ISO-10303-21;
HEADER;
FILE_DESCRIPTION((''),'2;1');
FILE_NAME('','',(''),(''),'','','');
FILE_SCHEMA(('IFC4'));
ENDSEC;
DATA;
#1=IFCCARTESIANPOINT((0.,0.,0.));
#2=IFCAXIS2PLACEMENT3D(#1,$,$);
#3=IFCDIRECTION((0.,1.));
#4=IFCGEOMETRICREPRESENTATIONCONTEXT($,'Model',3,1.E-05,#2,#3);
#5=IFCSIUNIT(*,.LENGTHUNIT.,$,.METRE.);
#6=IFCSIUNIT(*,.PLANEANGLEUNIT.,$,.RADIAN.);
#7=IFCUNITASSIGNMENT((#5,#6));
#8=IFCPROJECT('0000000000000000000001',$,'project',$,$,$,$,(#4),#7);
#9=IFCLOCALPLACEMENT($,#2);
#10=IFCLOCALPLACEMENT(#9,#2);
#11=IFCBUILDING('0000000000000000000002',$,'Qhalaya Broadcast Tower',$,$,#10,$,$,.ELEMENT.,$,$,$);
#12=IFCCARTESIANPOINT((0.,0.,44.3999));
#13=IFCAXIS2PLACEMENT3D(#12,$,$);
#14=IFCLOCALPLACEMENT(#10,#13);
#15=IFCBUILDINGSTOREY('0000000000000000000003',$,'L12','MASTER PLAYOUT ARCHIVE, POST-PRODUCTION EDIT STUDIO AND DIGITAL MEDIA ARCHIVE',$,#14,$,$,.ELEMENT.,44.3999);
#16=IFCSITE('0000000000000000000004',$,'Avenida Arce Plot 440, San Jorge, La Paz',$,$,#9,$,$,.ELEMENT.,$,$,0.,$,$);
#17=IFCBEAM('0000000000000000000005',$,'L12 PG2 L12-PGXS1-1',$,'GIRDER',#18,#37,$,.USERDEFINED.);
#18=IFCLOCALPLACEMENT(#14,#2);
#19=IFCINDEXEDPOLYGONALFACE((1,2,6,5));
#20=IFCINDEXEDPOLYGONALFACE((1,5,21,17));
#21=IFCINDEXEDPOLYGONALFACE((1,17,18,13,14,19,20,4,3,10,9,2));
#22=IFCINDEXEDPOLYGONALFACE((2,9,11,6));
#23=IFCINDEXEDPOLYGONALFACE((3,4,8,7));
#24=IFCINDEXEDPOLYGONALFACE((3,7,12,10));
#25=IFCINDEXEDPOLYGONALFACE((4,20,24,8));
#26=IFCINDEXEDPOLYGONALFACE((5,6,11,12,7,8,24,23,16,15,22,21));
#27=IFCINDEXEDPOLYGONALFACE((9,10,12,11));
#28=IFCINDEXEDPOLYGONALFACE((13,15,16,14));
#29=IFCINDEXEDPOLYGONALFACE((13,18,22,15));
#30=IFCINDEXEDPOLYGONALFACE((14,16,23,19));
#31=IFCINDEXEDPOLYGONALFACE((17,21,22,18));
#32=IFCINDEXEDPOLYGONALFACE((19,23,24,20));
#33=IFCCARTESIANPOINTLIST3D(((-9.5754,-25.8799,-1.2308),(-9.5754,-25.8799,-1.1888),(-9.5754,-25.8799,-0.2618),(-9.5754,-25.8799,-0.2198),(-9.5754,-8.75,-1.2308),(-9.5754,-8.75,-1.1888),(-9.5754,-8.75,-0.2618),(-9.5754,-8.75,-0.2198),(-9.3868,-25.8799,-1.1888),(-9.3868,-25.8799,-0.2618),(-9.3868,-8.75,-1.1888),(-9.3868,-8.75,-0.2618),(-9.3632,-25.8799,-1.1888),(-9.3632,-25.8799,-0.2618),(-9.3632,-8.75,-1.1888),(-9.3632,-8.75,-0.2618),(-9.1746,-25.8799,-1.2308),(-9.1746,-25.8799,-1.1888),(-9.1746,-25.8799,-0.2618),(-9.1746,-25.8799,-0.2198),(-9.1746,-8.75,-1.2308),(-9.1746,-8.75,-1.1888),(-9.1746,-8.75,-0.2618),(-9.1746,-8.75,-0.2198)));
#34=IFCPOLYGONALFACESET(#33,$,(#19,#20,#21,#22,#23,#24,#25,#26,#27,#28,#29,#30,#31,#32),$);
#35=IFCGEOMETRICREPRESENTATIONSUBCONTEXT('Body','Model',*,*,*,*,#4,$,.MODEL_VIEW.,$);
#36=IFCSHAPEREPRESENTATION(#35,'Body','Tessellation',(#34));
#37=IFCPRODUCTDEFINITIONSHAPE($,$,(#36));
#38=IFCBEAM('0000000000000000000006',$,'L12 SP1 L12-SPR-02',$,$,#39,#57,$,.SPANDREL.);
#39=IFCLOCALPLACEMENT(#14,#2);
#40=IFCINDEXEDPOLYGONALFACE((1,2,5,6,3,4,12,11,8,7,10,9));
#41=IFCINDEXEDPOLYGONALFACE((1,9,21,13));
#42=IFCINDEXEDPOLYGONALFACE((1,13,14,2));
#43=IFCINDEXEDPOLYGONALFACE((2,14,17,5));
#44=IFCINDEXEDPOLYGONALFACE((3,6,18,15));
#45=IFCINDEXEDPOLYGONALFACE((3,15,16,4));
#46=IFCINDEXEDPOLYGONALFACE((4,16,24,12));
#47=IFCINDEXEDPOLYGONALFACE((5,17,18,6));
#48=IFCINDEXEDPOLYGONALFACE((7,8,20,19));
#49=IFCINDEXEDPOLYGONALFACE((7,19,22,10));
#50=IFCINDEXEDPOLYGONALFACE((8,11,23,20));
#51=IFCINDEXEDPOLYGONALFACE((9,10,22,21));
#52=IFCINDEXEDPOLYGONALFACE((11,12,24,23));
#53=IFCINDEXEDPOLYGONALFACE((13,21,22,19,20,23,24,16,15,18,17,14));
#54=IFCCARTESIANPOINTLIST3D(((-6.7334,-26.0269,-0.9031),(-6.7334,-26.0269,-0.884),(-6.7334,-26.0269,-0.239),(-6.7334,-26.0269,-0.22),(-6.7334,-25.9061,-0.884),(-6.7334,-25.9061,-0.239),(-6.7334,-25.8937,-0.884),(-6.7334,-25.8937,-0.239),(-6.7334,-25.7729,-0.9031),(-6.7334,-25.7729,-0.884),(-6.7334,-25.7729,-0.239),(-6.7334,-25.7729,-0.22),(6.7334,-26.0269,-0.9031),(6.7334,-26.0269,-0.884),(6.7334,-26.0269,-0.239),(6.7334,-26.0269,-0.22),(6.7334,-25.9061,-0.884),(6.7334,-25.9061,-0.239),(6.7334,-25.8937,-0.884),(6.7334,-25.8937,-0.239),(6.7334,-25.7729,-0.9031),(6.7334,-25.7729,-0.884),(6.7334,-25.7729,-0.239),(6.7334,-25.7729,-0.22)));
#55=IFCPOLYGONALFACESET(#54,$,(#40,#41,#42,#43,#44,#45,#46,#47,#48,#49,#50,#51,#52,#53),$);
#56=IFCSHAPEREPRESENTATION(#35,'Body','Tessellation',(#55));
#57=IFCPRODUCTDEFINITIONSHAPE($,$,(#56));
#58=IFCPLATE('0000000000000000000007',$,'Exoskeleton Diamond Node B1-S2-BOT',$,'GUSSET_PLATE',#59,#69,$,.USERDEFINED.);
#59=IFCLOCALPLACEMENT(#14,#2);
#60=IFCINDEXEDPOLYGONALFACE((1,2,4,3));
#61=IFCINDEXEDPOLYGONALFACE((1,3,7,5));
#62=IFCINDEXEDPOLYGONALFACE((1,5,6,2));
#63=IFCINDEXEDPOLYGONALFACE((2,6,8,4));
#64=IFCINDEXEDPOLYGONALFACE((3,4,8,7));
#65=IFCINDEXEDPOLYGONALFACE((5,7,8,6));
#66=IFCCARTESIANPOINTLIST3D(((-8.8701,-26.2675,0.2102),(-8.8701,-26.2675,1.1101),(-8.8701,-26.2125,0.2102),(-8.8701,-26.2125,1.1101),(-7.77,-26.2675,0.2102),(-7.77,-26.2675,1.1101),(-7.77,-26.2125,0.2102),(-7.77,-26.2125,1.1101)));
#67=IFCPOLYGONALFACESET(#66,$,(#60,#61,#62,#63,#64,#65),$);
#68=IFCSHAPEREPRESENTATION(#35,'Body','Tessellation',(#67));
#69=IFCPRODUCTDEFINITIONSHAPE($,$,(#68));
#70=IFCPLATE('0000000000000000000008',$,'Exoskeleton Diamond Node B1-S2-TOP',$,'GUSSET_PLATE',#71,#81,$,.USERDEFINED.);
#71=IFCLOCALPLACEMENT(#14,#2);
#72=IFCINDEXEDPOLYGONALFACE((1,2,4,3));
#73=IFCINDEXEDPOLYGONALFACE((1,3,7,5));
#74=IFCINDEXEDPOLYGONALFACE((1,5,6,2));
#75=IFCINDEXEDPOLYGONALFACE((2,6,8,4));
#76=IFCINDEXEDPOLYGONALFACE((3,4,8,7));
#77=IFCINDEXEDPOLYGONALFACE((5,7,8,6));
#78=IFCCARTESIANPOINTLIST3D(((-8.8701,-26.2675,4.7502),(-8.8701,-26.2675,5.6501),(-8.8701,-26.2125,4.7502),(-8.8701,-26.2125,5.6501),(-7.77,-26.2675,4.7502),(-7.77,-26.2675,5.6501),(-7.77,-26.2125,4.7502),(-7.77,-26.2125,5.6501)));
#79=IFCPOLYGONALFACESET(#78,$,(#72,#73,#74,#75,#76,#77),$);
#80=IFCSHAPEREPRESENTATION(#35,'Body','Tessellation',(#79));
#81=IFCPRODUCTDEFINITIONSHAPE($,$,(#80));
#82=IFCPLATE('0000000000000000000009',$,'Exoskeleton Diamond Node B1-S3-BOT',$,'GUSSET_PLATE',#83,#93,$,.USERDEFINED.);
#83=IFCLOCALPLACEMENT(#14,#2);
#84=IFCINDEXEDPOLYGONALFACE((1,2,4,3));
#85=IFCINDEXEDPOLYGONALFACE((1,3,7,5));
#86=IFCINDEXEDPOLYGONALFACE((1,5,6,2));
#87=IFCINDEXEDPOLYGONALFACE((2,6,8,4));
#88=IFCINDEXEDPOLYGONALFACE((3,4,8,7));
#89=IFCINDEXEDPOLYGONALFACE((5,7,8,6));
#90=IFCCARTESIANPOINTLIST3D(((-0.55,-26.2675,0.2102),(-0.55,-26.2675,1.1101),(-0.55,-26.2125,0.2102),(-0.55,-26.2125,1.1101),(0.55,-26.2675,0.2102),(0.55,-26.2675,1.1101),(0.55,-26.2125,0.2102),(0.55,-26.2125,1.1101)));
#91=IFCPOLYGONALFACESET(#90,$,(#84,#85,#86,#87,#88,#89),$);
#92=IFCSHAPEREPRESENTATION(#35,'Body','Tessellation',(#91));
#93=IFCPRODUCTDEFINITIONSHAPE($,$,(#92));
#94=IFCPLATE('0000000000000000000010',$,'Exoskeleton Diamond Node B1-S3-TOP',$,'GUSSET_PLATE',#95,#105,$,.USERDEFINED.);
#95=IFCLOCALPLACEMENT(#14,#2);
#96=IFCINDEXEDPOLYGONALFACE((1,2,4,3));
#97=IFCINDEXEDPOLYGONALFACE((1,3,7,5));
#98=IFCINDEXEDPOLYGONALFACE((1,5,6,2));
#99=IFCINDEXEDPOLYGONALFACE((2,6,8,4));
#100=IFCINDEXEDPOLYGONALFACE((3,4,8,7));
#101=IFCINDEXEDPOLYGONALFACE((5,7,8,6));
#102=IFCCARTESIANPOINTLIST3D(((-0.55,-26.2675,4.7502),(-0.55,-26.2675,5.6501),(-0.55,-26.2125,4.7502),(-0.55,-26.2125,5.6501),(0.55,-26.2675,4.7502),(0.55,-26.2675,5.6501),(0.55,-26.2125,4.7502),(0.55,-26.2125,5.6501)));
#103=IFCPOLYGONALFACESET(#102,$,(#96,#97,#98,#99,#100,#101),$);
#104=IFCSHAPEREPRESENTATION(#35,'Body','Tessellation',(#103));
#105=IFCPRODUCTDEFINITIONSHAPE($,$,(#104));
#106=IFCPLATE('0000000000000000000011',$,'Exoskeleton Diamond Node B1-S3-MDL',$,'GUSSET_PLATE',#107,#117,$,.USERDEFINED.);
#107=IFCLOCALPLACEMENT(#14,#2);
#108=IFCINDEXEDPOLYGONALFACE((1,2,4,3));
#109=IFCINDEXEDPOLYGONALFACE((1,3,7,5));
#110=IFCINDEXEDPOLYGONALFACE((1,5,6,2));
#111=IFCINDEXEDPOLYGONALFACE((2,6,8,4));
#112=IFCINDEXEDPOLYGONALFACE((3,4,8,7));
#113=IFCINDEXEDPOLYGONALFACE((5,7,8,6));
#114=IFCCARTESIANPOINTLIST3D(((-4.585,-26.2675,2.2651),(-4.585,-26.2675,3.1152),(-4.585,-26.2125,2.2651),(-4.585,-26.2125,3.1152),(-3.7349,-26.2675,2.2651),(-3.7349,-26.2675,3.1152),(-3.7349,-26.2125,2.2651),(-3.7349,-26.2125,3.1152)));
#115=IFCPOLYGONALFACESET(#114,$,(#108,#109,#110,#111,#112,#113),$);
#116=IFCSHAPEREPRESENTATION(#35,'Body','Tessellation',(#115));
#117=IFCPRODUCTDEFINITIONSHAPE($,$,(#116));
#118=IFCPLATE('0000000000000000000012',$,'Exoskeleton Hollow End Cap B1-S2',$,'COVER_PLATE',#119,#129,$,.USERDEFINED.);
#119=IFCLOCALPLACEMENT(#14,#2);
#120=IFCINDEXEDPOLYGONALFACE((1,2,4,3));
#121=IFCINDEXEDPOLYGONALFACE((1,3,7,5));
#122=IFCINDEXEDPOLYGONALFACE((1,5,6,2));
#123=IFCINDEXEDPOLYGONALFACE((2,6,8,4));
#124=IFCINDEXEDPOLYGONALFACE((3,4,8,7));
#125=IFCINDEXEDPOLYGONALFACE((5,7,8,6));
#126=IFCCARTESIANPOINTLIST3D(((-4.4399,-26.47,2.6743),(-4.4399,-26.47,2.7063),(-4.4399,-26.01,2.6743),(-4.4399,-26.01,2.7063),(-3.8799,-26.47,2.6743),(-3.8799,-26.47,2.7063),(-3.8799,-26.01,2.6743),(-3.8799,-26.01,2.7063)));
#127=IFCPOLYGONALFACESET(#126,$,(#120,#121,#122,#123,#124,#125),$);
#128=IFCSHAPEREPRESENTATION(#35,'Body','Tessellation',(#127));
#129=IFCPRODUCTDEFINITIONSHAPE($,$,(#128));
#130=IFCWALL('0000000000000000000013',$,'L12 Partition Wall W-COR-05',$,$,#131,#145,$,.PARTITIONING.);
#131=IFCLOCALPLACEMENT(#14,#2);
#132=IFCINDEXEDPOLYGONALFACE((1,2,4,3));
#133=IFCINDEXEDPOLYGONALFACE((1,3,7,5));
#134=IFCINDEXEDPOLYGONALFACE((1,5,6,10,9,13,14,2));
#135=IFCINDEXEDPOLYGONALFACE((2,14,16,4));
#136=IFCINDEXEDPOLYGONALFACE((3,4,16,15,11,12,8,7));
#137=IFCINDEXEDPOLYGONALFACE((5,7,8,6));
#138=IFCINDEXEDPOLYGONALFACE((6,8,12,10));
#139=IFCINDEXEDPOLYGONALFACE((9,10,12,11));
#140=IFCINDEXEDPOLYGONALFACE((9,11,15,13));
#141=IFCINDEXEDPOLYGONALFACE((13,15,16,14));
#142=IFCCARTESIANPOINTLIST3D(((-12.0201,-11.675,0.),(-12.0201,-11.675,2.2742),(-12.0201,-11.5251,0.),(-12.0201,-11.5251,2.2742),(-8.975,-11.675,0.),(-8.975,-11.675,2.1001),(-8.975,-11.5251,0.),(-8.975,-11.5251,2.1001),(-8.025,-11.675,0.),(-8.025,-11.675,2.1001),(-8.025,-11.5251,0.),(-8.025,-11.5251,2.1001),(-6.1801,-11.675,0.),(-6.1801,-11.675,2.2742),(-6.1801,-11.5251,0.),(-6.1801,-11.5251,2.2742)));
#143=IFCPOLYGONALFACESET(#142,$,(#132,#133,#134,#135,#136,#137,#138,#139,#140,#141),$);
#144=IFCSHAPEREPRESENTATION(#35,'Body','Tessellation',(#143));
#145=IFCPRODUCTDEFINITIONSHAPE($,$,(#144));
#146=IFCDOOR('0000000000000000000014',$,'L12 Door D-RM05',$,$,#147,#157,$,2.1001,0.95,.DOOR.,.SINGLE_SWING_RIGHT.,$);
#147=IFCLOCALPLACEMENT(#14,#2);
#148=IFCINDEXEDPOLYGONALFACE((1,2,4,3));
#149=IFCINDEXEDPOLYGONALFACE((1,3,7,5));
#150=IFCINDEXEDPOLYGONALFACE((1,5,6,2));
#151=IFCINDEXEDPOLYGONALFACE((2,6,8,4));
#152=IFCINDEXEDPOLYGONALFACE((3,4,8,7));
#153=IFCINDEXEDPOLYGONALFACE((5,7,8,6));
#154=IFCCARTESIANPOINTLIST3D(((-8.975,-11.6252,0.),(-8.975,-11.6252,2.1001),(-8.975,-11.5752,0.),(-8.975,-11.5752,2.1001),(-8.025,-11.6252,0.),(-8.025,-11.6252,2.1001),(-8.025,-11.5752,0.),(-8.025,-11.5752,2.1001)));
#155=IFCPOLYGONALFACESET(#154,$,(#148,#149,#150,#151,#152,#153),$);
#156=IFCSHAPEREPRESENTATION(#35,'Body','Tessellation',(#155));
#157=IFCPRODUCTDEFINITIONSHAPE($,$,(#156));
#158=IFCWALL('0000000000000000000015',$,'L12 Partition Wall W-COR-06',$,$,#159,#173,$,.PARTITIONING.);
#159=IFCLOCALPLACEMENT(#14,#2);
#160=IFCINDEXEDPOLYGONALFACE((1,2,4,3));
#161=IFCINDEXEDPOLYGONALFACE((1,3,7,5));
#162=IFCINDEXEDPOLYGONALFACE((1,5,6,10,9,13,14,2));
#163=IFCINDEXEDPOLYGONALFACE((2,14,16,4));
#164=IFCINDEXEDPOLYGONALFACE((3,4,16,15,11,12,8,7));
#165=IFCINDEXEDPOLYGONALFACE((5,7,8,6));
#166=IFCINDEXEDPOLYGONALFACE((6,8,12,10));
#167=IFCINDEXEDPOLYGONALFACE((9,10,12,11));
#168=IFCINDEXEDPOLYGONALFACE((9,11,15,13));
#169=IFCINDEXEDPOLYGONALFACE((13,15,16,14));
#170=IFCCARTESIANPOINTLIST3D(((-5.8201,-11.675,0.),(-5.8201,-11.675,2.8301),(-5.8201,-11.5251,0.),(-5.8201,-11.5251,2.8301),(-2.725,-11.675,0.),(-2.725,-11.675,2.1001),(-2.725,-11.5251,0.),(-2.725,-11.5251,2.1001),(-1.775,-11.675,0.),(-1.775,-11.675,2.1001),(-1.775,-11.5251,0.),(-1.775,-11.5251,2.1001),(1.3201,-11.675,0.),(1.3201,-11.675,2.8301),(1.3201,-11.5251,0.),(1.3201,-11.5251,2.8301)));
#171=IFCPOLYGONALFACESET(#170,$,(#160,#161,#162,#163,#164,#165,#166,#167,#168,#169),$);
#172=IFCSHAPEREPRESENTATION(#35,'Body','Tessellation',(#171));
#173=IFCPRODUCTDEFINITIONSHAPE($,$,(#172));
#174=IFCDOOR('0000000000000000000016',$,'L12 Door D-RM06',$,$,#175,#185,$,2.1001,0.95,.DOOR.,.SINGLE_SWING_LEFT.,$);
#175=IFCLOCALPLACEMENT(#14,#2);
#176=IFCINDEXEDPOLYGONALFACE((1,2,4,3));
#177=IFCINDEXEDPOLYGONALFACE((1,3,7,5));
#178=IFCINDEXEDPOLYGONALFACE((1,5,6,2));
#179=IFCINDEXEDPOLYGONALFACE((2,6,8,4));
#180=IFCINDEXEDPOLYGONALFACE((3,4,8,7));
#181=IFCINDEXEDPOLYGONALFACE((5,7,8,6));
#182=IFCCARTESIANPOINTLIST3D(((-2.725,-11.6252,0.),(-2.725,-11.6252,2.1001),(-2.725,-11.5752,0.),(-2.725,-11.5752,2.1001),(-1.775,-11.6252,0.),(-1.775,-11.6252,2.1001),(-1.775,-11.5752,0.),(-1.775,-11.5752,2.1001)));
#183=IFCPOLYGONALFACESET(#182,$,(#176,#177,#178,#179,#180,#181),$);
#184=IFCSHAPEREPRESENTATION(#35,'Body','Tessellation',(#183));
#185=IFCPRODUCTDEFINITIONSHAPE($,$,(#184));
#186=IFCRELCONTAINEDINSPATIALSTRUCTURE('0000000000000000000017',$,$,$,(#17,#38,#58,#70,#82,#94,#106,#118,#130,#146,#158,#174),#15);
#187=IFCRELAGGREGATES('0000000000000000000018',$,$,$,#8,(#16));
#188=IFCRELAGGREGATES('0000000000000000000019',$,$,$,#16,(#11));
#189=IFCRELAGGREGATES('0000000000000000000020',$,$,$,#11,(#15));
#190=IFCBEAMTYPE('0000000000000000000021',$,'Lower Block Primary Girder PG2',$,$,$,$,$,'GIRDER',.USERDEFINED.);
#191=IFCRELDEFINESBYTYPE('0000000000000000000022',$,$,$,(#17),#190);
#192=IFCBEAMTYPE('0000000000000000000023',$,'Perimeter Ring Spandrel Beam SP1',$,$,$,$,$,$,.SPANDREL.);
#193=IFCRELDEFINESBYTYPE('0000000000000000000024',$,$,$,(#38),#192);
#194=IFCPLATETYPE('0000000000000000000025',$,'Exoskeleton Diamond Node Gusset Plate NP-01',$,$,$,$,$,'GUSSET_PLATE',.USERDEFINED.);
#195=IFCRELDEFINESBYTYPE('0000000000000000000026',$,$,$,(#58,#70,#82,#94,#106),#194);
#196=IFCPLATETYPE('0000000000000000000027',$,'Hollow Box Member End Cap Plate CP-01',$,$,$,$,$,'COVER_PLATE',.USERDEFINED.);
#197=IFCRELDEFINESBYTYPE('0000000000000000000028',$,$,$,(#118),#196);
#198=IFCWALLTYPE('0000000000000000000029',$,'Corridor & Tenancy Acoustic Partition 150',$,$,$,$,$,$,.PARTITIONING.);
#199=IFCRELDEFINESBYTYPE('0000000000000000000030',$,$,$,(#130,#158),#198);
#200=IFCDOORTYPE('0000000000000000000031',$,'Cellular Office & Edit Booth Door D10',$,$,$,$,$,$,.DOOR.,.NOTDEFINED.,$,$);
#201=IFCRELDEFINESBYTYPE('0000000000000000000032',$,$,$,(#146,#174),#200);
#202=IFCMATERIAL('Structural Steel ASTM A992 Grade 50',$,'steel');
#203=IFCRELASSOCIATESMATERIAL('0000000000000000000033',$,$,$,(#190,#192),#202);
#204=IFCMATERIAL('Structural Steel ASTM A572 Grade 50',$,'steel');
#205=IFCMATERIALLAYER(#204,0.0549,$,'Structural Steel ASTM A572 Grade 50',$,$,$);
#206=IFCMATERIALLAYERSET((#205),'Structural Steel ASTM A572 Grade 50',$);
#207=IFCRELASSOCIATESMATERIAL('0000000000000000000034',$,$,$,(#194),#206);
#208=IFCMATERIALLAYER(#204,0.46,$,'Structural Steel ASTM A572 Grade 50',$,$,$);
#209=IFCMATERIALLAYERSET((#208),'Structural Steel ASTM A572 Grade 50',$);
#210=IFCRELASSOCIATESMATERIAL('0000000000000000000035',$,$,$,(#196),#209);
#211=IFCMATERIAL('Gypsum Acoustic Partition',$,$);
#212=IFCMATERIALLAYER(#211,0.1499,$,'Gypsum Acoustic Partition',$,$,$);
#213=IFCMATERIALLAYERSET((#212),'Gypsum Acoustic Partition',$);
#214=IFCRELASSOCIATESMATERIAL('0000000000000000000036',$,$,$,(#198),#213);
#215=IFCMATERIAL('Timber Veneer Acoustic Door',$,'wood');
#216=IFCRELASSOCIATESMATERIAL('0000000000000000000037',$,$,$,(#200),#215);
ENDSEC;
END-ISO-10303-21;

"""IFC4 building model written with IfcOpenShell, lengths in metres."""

from ifc_helpers import new_model, si_unit, direction, frame, frame_2d, origin, origin_2d, place, context, subcontext, project, spatial, rectangle, i_section, extrude, material, layer, layer_set, material_profile, profile_set, type_object, element, fill, save


model = new_model("IFC4")

# Units and contexts
model_context = context("Model", 3, precision=1e-05, world=origin(), true_north=direction((0.0, 1.0)))
body_context = subcontext(model_context, "Body", "Model", "MODEL_VIEW")
ifc_project = project(units=[si_unit("LENGTHUNIT", "METRE"), si_unit("PLANEANGLEUNIT", "RADIAN")], contexts=[model_context])

# Site, building, storey
site_placement = place(None, origin())
site = spatial("IfcSite", under=ifc_project, at=site_placement, Name="Avenida Arce Plot 440, San Jorge, La Paz", CompositionType="ELEMENT", RefElevation=0.0)
building_placement = place(site_placement, origin())
building = spatial("IfcBuilding", under=site, at=building_placement, Name="Qhalaya Broadcast Tower", CompositionType="ELEMENT")
storey_placement = place(building_placement, frame((0.0, 0.0, 44.3999)))
storey = spatial("IfcBuildingStorey", under=building, at=storey_placement, Name="L12", Description="MASTER PLAYOUT ARCHIVE, POST-PRODUCTION EDIT STUDIO AND DIGITAL MEDIA ARCHIVE", CompositionType="ELEMENT", Elevation=44.3999)

# Shared definitions
ifc_material_1 = material(Name="Structural Steel ASTM A572 Grade 50", Category="steel")

# Shared definitions
ifc_material_2 = material(Name="Structural Steel ASTM A992 Grade 50", Category="steel")

# Beams
ifc_material_profile_1 = material_profile(ifc_material_2, i_section(OverallWidth=0.4009, OverallDepth=1.011, WebThickness=0.0237, FlangeThickness=0.042, at=origin_2d()), Name="W40X297")
ifc_profile_set_1 = profile_set([ifc_material_profile_1], Name="Structural Steel ASTM A992 Grade 50")
beam_type_1 = type_object("IfcBeamType", Name="Lower Block Primary Girder PG2", ElementType="GIRDER", PredefinedType="USERDEFINED", material=ifc_profile_set_1)
beam_1_placement = place(storey_placement, frame((-9.375, -25.8799, -0.7253), z_axis=(0.0, 1.0, 0.0), x_axis=(-1.0, 0.0, 0.0)))
element("IfcBeam", 1, at=beam_1_placement, inside=storey, type_object=beam_type_1, Name="L12 PG2 L12-PGXS1-1", ObjectType="GIRDER", PredefinedType="USERDEFINED", context=body_context, shape_type="SweptSolid", body=[
    extrude(i_section(OverallWidth=0.4009, OverallDepth=1.011, WebThickness=0.0237, FlangeThickness=0.042, at=origin_2d()), origin(), (0.0, 0.0, 1.0), 17.1299),
])
ifc_material_profile_2 = material_profile(ifc_material_2, i_section(OverallWidth=0.2539, OverallDepth=0.6831, WebThickness=0.0125, FlangeThickness=0.019, at=origin_2d()), Name="W27X94")
ifc_profile_set_2 = profile_set([ifc_material_profile_2], Name="Structural Steel ASTM A992 Grade 50")
beam_type_2 = type_object("IfcBeamType", Name="Perimeter Ring Spandrel Beam SP1", PredefinedType="SPANDREL", material=ifc_profile_set_2)
beam_2_placement = place(storey_placement, frame((-6.7334, -25.8999, -0.5615), z_axis=(1.0, 0.0, 0.0), x_axis=(0.0, 1.0, 0.0)))
element("IfcBeam", 2, at=beam_2_placement, inside=storey, type_object=beam_type_2, Name="L12 SP1 L12-SPR-02", PredefinedType="SPANDREL", context=body_context, shape_type="SweptSolid", body=[
    extrude(i_section(OverallWidth=0.2539, OverallDepth=0.6831, WebThickness=0.0125, FlangeThickness=0.019, at=origin_2d()), origin(), (0.0, 0.0, 1.0), 13.4668),
])

# Plates
ifc_layer_1 = layer(ifc_material_1, 0.0549, Name="Structural Steel ASTM A572 Grade 50")
ifc_layer_set_1 = layer_set([ifc_layer_1], Name="Structural Steel ASTM A572 Grade 50")
plate_type_1 = type_object("IfcPlateType", Name="Exoskeleton Diamond Node Gusset Plate NP-01", ElementType="GUSSET_PLATE", PredefinedType="USERDEFINED", material=ifc_layer_set_1)
for number, where, z_axis, x_axis, name in (
    (3, (-8.3201, -26.24, 0.2102), (0.0, 0.0, 1.0), (1.0, 0.0, 0.0), "Exoskeleton Diamond Node B1-S2-BOT"),
    (4, (-8.3201, -26.24, 4.7502), (0.0, 0.0, 1.0), (1.0, 0.0, 0.0), "Exoskeleton Diamond Node B1-S2-TOP"),
    (5, (0.0, -26.24, 0.2102), (0.0, 0.0, 1.0), (1.0, 0.0, 0.0), "Exoskeleton Diamond Node B1-S3-BOT"),
    (6, (0.0, -26.24, 4.7502), (0.0, 0.0, 1.0), (1.0, 0.0, 0.0), "Exoskeleton Diamond Node B1-S3-TOP"),
):
    element("IfcPlate", number, at=place(storey_placement, frame(where, z_axis=z_axis, x_axis=x_axis)), inside=storey, type_object=plate_type_1, Name=name, ObjectType="GUSSET_PLATE", PredefinedType="USERDEFINED", context=body_context, shape_type="SweptSolid", body=[
        extrude(rectangle(XDim=1.1001, YDim=0.0549, at=origin_2d()), origin(), (0.0, 0.0, 1.0), 0.8999),
    ])
plate_1_placement = place(storey_placement, frame((-4.1599, -26.24, 2.2651), z_axis=(0.0, 0.0, 1.0), x_axis=(1.0, 0.0, 0.0)))
element("IfcPlate", 7, at=plate_1_placement, inside=storey, type_object=plate_type_1, Name="Exoskeleton Diamond Node B1-S3-MDL", ObjectType="GUSSET_PLATE", PredefinedType="USERDEFINED", context=body_context, shape_type="SweptSolid", body=[
    extrude(rectangle(XDim=0.8501, YDim=0.0549, at=origin_2d()), origin(), (0.0, 0.0, 1.0), 0.8501),
])
ifc_layer_2 = layer(ifc_material_1, 0.46, Name="Structural Steel ASTM A572 Grade 50")
ifc_layer_set_2 = layer_set([ifc_layer_2], Name="Structural Steel ASTM A572 Grade 50")
plate_type_2 = type_object("IfcPlateType", Name="Hollow Box Member End Cap Plate CP-01", ElementType="COVER_PLATE", PredefinedType="USERDEFINED", material=ifc_layer_set_2)
plate_2_placement = place(storey_placement, frame((-4.1599, -26.24, 2.6743), z_axis=(0.0, 0.0, 1.0), x_axis=(1.0, 0.0, 0.0)))
element("IfcPlate", 8, at=plate_2_placement, inside=storey, type_object=plate_type_2, Name="Exoskeleton Hollow End Cap B1-S2", ObjectType="COVER_PLATE", PredefinedType="USERDEFINED", context=body_context, shape_type="SweptSolid", body=[
    extrude(rectangle(XDim=0.5601, YDim=0.46, at=origin_2d()), origin(), (0.0, 0.0, 1.0), 0.032),
])

# Walls, openings, doors
ifc_material_3 = material(Name="Gypsum Acoustic Partition")
ifc_layer_3 = layer(ifc_material_3, 0.1499, Name="Gypsum Acoustic Partition")
ifc_layer_set_3 = layer_set([ifc_layer_3], Name="Gypsum Acoustic Partition")
wall_type_1 = type_object("IfcWallType", Name="Corridor & Tenancy Acoustic Partition 150", PredefinedType="PARTITIONING", material=ifc_layer_set_3)
wall_1_placement = place(storey_placement, frame((-12.02, -11.6001, 0.0), z_axis=(0.0, 0.0, 1.0), x_axis=(1.0, 0.0, 0.0)))
wall_1 = element("IfcWall", 9, at=wall_1_placement, inside=storey, type_object=wall_type_1, Name="L12 Partition Wall W-COR-05", PredefinedType="PARTITIONING", context=body_context, shape_type="SweptSolid", body=[
    extrude(rectangle(XDim=5.8401, YDim=0.1499, at=frame_2d((2.9199, 0.0))), origin(), (0.0, 0.0, 1.0), 2.2742),
])
opening_1_placement = place(wall_1_placement, frame((3.0449, 0.0, 0.0)))
opening_1 = element("IfcOpeningElement", 10, at=opening_1_placement, cuts=wall_1, PredefinedType="OPENING", context=body_context, shape_type="SweptSolid", body=[
    extrude(rectangle(XDim=0.95, YDim=2.1001, at=frame_2d((0.4751, 1.05))), frame((0.0, 0.0869, 0.0), z_axis=(0.0, -1.0, 0.0), x_axis=(1.0, 0.0, 0.0)), (0.0, 0.0, 1.0), 0.1738),
])
ifc_material_4 = material(Name="Timber Veneer Acoustic Door", Category="wood")
door_type = type_object("IfcDoorType", Name="Cellular Office & Edit Booth Door D10", OperationType="NOTDEFINED", PredefinedType="DOOR", material=ifc_material_4)
door_1_placement = place(opening_1_placement, origin())
door_1 = element("IfcDoor", 11, at=door_1_placement, inside=storey, type_object=door_type, Name="L12 Door D-RM05", OperationType="SINGLE_SWING_RIGHT", OverallHeight=2.1001, OverallWidth=0.95, PredefinedType="DOOR", context=body_context, shape_type="SweptSolid", body=[
    extrude(rectangle(XDim=0.95, YDim=2.1001, at=frame_2d((0.4751, 1.05))), frame((0.0, 0.0249, 0.0), z_axis=(0.0, -1.0, 0.0), x_axis=(1.0, 0.0, 0.0)), (0.0, 0.0, 1.0), 0.05),
])
fill(opening_1, door_1)
wall_2_placement = place(storey_placement, frame((-5.8201, -11.6001, 0.0), z_axis=(0.0, 0.0, 1.0), x_axis=(1.0, 0.0, 0.0)))
wall_2 = element("IfcWall", 12, at=wall_2_placement, inside=storey, type_object=wall_type_1, Name="L12 Partition Wall W-COR-06", PredefinedType="PARTITIONING", context=body_context, shape_type="SweptSolid", body=[
    extrude(rectangle(XDim=7.1401, YDim=0.1499, at=frame_2d((3.5701, 0.0))), origin(), (0.0, 0.0, 1.0), 2.8301),
])
opening_2_placement = place(wall_2_placement, frame((3.095, 0.0, 0.0)))
opening_2 = element("IfcOpeningElement", 13, at=opening_2_placement, cuts=wall_2, PredefinedType="OPENING", context=body_context, shape_type="SweptSolid", body=[
    extrude(rectangle(XDim=0.95, YDim=2.1001, at=frame_2d((0.4751, 1.05))), frame((0.0, 0.0869, 0.0), z_axis=(0.0, -1.0, 0.0), x_axis=(1.0, 0.0, 0.0)), (0.0, 0.0, 1.0), 0.1738),
])
door_2_placement = place(opening_2_placement, origin())
door_2 = element("IfcDoor", 14, at=door_2_placement, inside=storey, type_object=door_type, Name="L12 Door D-RM06", OperationType="SINGLE_SWING_LEFT", OverallHeight=2.1001, OverallWidth=0.95, PredefinedType="DOOR", context=body_context, shape_type="SweptSolid", body=[
    extrude(rectangle(XDim=0.95, YDim=2.1001, at=frame_2d((0.4751, 1.05))), frame((0.0, 0.0249, 0.0), z_axis=(0.0, -1.0, 0.0), x_axis=(1.0, 0.0, 0.0)), (0.0, 0.0, 1.0), 0.05),
])
fill(opening_2, door_2)

save(model, "model.ifc")
